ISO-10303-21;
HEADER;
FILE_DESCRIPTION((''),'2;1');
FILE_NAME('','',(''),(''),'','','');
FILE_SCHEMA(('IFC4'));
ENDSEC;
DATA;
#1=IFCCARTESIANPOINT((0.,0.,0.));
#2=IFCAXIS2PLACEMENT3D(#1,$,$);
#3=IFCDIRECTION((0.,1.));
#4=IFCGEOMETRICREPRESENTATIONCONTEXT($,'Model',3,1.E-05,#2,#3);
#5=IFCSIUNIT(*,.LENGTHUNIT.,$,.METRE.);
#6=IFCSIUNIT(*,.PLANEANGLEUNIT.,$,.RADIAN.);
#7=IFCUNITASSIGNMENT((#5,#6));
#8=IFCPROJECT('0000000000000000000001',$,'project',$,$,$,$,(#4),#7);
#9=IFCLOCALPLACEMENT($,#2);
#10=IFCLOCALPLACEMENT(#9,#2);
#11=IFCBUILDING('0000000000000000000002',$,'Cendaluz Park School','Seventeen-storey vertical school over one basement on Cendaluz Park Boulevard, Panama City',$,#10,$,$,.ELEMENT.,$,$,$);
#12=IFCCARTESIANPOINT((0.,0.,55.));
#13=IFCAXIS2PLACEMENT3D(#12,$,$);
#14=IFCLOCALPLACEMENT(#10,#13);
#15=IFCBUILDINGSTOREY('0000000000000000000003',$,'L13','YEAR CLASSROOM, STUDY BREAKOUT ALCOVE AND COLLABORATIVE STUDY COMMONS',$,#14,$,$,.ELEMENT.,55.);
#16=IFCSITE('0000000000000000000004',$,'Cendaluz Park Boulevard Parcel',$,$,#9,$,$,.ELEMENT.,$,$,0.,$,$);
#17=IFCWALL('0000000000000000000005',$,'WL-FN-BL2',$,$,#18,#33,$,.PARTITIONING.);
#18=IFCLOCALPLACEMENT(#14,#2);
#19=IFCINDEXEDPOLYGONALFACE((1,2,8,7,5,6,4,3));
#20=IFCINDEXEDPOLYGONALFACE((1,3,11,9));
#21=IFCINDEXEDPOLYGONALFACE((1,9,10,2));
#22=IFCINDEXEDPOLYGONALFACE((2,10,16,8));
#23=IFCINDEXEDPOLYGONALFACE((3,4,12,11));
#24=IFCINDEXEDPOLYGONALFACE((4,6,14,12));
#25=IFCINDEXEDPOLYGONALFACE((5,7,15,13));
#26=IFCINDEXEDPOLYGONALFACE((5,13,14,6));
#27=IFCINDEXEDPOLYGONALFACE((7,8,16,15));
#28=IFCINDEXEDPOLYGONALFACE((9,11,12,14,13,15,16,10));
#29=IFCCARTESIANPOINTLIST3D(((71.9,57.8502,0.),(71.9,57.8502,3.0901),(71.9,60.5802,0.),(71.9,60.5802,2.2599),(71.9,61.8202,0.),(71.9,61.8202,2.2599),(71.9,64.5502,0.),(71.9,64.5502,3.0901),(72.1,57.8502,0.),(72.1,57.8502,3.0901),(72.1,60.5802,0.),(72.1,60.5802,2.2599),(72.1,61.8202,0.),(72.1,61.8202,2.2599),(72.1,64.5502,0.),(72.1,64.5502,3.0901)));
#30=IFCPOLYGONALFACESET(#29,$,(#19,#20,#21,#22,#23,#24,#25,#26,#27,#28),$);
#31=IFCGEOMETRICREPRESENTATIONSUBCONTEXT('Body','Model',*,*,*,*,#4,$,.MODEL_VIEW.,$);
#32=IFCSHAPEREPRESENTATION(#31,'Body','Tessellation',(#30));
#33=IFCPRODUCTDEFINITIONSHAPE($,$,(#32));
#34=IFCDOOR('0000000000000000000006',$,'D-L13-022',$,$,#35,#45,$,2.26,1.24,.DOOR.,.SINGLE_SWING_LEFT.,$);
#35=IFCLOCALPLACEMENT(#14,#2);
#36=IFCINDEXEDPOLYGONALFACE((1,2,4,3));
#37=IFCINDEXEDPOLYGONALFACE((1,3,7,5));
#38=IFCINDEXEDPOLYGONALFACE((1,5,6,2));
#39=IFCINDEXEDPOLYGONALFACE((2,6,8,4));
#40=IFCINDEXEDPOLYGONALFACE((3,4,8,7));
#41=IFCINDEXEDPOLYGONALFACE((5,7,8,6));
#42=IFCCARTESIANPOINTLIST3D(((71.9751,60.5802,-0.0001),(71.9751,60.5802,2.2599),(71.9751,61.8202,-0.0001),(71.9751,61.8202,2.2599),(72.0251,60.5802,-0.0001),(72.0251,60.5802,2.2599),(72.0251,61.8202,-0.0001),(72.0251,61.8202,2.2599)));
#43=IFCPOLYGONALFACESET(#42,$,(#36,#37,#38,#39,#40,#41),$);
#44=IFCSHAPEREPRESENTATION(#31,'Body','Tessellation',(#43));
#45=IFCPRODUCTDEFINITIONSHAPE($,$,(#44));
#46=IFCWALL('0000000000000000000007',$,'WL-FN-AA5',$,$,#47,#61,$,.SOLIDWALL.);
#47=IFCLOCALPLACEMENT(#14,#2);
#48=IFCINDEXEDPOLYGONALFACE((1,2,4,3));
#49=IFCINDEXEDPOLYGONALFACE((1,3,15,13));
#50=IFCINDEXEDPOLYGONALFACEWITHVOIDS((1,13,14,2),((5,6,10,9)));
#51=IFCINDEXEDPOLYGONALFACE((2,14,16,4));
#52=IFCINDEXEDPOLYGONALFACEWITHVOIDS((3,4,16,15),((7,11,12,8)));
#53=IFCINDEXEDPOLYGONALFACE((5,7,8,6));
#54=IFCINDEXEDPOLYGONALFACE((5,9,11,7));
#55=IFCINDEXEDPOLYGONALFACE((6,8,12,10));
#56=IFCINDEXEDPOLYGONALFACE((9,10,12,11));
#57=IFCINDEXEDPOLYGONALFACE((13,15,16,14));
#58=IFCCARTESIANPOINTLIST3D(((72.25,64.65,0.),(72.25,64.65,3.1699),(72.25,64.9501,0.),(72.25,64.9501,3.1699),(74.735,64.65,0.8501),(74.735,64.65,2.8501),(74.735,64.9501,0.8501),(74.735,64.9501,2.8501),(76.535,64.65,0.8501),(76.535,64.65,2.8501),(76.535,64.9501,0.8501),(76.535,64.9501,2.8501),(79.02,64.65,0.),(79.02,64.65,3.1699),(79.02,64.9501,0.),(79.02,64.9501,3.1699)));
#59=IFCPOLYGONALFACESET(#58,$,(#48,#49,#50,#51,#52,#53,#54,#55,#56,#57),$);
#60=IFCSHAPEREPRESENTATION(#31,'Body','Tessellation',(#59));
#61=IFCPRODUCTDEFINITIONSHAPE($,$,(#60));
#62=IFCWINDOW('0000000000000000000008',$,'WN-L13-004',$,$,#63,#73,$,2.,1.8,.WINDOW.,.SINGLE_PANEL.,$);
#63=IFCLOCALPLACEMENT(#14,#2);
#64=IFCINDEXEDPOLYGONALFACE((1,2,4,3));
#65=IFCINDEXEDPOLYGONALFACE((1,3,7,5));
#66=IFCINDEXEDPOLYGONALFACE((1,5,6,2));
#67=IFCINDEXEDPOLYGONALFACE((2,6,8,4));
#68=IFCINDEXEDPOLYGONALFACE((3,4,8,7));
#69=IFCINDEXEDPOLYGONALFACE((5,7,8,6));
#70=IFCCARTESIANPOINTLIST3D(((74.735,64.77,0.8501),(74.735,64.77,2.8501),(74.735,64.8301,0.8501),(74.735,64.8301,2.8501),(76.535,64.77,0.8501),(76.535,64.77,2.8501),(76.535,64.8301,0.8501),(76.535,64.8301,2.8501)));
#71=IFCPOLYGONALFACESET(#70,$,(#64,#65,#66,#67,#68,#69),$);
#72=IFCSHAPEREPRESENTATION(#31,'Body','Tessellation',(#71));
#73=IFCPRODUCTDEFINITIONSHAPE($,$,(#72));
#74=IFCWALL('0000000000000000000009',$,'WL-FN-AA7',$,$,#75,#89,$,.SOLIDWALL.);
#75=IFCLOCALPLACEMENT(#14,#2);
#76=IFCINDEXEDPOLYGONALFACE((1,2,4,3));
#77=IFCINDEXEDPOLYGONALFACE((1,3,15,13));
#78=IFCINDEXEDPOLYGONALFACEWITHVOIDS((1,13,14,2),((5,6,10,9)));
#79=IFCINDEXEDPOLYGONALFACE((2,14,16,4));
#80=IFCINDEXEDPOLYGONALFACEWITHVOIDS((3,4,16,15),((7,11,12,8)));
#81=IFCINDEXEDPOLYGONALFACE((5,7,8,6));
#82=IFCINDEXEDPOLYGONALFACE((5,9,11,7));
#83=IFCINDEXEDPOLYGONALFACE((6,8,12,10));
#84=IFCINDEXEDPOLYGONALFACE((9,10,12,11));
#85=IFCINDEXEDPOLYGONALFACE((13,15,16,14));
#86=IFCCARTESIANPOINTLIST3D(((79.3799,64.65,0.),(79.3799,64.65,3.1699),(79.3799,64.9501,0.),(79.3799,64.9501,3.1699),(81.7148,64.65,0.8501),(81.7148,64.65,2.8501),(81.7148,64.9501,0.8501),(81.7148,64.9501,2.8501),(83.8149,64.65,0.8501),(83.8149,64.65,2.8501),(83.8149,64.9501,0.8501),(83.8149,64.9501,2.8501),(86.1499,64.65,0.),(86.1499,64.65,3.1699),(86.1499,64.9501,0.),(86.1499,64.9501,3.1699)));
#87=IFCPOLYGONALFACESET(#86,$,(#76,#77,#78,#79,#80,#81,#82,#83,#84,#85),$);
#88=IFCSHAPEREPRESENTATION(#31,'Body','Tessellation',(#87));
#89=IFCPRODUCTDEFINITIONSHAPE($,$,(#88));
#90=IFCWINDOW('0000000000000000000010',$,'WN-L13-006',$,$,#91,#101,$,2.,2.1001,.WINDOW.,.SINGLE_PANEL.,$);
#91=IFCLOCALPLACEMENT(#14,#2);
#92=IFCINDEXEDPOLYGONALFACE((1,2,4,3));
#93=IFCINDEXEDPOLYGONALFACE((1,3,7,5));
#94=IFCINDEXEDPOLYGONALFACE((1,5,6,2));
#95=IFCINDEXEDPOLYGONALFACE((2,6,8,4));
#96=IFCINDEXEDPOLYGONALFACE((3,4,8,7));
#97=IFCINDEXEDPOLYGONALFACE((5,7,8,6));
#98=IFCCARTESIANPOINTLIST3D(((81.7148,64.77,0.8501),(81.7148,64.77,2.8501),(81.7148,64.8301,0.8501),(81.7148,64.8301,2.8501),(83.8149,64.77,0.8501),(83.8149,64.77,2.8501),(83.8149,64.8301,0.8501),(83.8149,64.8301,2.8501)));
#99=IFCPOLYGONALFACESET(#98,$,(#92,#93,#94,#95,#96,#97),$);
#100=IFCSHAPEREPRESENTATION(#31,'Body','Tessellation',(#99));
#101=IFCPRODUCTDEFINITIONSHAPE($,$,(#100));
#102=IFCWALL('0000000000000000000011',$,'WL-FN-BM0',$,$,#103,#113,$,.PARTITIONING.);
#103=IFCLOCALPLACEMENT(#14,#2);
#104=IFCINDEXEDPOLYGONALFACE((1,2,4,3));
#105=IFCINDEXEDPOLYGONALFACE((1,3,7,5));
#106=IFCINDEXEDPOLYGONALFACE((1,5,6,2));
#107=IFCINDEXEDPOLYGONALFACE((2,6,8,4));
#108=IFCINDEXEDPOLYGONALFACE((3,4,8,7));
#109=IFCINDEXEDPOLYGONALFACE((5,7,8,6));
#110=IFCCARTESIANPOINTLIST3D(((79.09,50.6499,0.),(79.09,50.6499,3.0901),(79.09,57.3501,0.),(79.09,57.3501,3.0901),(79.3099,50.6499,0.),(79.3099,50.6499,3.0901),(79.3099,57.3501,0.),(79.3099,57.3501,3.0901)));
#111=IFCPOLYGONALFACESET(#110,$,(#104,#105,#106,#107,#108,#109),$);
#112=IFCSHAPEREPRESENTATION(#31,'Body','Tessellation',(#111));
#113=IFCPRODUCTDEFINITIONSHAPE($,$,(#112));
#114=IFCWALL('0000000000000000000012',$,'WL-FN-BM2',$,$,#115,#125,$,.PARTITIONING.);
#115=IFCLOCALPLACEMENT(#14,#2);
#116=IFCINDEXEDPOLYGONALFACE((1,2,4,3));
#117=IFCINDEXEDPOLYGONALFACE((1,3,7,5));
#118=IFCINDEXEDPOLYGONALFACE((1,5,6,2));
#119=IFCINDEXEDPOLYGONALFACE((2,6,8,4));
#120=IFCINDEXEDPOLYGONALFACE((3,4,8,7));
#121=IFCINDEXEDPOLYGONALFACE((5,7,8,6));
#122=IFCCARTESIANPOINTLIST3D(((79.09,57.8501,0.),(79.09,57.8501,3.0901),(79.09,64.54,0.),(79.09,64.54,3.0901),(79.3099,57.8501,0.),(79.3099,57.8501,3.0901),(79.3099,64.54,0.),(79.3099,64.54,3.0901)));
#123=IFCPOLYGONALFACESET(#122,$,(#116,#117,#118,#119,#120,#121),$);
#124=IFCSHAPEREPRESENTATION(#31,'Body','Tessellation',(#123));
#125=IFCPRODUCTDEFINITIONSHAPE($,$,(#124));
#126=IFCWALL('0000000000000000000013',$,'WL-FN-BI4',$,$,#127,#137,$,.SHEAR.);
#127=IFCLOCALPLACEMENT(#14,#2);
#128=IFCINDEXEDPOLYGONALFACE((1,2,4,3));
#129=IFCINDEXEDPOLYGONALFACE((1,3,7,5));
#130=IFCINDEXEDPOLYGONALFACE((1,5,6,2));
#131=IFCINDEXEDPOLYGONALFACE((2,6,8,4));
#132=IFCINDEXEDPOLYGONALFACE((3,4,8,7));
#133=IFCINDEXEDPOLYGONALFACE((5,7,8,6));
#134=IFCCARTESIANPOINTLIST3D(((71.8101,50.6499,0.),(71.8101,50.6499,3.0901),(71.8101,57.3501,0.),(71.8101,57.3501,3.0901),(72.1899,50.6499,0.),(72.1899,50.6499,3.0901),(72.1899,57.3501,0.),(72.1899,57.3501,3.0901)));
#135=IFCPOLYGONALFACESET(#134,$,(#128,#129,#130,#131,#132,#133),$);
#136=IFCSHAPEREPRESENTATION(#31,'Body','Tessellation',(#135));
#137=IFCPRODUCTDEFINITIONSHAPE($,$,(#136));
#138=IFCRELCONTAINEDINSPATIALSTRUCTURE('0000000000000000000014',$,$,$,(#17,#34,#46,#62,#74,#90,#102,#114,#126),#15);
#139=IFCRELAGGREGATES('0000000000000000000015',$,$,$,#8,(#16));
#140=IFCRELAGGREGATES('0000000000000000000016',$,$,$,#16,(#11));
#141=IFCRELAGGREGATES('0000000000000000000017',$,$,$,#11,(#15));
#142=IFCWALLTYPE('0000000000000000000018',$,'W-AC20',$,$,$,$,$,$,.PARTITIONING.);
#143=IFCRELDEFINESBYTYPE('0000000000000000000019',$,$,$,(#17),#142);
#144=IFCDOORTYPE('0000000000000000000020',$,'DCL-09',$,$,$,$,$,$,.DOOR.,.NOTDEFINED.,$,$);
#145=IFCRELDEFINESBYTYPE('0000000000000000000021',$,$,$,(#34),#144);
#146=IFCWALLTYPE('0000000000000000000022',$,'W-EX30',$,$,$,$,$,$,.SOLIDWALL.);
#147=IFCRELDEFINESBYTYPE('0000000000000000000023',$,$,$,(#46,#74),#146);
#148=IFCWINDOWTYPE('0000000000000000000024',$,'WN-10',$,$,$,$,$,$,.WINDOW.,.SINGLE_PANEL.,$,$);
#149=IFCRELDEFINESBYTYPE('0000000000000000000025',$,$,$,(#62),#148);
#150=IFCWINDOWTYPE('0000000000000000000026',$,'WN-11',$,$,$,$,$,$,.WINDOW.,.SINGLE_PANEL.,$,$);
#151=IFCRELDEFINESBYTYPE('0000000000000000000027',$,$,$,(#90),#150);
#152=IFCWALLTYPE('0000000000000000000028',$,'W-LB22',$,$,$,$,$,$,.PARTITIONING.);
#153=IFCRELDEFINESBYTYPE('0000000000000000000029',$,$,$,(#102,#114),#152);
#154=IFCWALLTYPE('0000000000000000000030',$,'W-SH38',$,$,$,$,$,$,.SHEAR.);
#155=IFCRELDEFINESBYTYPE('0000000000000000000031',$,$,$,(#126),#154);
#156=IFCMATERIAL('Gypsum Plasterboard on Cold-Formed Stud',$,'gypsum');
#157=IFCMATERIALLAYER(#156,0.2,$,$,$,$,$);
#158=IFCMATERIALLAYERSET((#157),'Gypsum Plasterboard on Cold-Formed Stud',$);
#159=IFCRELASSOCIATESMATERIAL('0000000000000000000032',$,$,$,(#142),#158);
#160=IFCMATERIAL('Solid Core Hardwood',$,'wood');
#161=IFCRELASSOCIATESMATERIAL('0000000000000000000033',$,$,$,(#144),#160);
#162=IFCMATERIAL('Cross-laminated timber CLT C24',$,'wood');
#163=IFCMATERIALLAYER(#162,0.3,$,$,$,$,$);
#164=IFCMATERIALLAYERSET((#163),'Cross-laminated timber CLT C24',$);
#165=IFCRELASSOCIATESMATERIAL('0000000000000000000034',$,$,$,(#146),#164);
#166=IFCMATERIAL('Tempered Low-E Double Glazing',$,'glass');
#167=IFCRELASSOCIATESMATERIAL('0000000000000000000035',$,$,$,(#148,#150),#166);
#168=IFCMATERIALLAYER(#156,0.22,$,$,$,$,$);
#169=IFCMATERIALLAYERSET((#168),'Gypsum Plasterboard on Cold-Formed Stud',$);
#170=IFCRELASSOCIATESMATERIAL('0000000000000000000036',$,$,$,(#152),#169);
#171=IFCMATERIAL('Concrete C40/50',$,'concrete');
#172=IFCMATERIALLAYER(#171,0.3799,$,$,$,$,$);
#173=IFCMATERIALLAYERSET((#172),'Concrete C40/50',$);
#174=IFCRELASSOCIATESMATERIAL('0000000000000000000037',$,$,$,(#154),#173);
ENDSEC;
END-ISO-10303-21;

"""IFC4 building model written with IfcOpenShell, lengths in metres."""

from ifc_helpers import new_model, si_unit, direction, frame, frame_2d, origin, place, context, subcontext, project, spatial, rectangle, extrude, material, layer, layer_set, type_object, element, fill, save


model = new_model("IFC4")

# Units and contexts
model_context = context("Model", 3, precision=1e-05, world=origin(), true_north=direction((0.0, 1.0)))
body_context = subcontext(model_context, "Body", "Model", "MODEL_VIEW")
ifc_project = project(units=[si_unit("LENGTHUNIT", "METRE"), si_unit("PLANEANGLEUNIT", "RADIAN")], contexts=[model_context])

# Site, building, storey
site_placement = place(None, origin())
site = spatial("IfcSite", under=ifc_project, at=site_placement, Name="Cendaluz Park Boulevard Parcel", CompositionType="ELEMENT", RefElevation=0.0)
building_placement = place(site_placement, origin())
building = spatial("IfcBuilding", under=site, at=building_placement, Name="Cendaluz Park School", Description="Seventeen-storey vertical school over one basement on Cendaluz Park Boulevard, Panama City", CompositionType="ELEMENT")
storey_placement = place(building_placement, frame((0.0, 0.0, 55.0)))
storey = spatial("IfcBuildingStorey", under=building, at=storey_placement, Name="L13", Description="YEAR CLASSROOM, STUDY BREAKOUT ALCOVE AND COLLABORATIVE STUDY COMMONS", CompositionType="ELEMENT", Elevation=55.0)

# Wall, opening, door
ifc_material_1 = material(Name="Gypsum Plasterboard on Cold-Formed Stud", Category="gypsum")
ifc_layer_1 = layer(ifc_material_1, 0.2)
ifc_layer_set_1 = layer_set([ifc_layer_1], Name="Gypsum Plasterboard on Cold-Formed Stud")
wall_type_1 = type_object("IfcWallType", Name="W-AC20", PredefinedType="PARTITIONING", material=ifc_layer_set_1)
wall_1_placement = place(storey_placement, frame((72.0, 57.8501, 0.0), z_axis=(0.0, 0.0, 1.0), x_axis=(0.0, 1.0, 0.0)))
wall_1 = element("IfcWall", 1, at=wall_1_placement, inside=storey, type_object=wall_type_1, Name="WL-FN-BL2", PredefinedType="PARTITIONING", context=body_context, shape_type="SweptSolid", body=[
    extrude(rectangle(XDim=6.7, YDim=0.2, at=frame_2d((3.3501, 0.0))), origin(), (0.0, 0.0, 1.0), 3.0901),
])
opening_1_placement = place(wall_1_placement, frame((2.73, 0.0, 0.0)))
opening_1 = element("IfcOpeningElement", 2, at=opening_1_placement, cuts=wall_1, PredefinedType="OPENING", context=body_context, shape_type="SweptSolid", body=[
    extrude(rectangle(XDim=1.24, YDim=2.26, at=frame_2d((0.6201, 1.1299))), frame((0.0, 0.1121, 0.0), z_axis=(0.0, -1.0, 0.0), x_axis=(1.0, 0.0, 0.0)), (0.0, 0.0, 1.0), 0.2239),
])
ifc_material_2 = material(Name="Solid Core Hardwood", Category="wood")
door_type = type_object("IfcDoorType", Name="DCL-09", OperationType="NOTDEFINED", PredefinedType="DOOR", material=ifc_material_2)
door_placement = place(opening_1_placement, origin())
door = element("IfcDoor", 3, at=door_placement, inside=storey, type_object=door_type, Name="D-L13-022", OperationType="SINGLE_SWING_LEFT", OverallHeight=2.26, OverallWidth=1.24, PredefinedType="DOOR", context=body_context, shape_type="SweptSolid", body=[
    extrude(rectangle(XDim=1.24, YDim=2.26, at=frame_2d((0.6201, 1.1299))), frame((0.0, 0.0249, 0.0), z_axis=(0.0, -1.0, 0.0), x_axis=(1.0, 0.0, 0.0)), (0.0, 0.0, 1.0), 0.05),
])
fill(opening_1, door)

# Walls, openings, windows
ifc_material_3 = material(Name="Cross-laminated timber CLT C24", Category="wood")
ifc_layer_2 = layer(ifc_material_3, 0.3)
ifc_layer_set_2 = layer_set([ifc_layer_2], Name="Cross-laminated timber CLT C24")
wall_type_2 = type_object("IfcWallType", Name="W-EX30", PredefinedType="SOLIDWALL", material=ifc_layer_set_2)
wall_2_placement = place(storey_placement, frame((72.25, 64.8, 0.0), z_axis=(0.0, 0.0, 1.0), x_axis=(1.0, 0.0, 0.0)))
wall_2 = element("IfcWall", 4, at=wall_2_placement, inside=storey, type_object=wall_type_2, Name="WL-FN-AA5", PredefinedType="SOLIDWALL", context=body_context, shape_type="SweptSolid", body=[
    extrude(rectangle(XDim=6.77, YDim=0.3, at=frame_2d((3.385, 0.0))), origin(), (0.0, 0.0, 1.0), 3.1699),
])
opening_2_placement = place(wall_2_placement, frame((2.4851, 0.0, 0.8501)))
opening_2 = element("IfcOpeningElement", 5, at=opening_2_placement, cuts=wall_2, PredefinedType="OPENING", context=body_context, shape_type="SweptSolid", body=[
    extrude(rectangle(XDim=1.8, YDim=2.0, at=frame_2d((0.8999, 1.0))), frame((0.0, 0.1621, 0.0), z_axis=(0.0, -1.0, 0.0), x_axis=(1.0, 0.0, 0.0)), (0.0, 0.0, 1.0), 0.324),
])
ifc_material_4 = material(Name="Tempered Low-E Double Glazing", Category="glass")
window_type_1 = type_object("IfcWindowType", Name="WN-10", PartitioningType="SINGLE_PANEL", PredefinedType="WINDOW", material=ifc_material_4)
window_1_placement = place(opening_2_placement, origin())
window_1 = element("IfcWindow", 6, at=window_1_placement, inside=storey, type_object=window_type_1, Name="WN-L13-004", OverallHeight=2.0, OverallWidth=1.8, PartitioningType="SINGLE_PANEL", PredefinedType="WINDOW", context=body_context, shape_type="SweptSolid", body=[
    extrude(rectangle(XDim=1.8, YDim=2.0, at=frame_2d((0.8999, 1.0))), frame((0.0, 0.03, 0.0), z_axis=(0.0, -1.0, 0.0), x_axis=(1.0, 0.0, 0.0)), (0.0, 0.0, 1.0), 0.0601),
])
fill(opening_2, window_1)
wall_3_placement = place(storey_placement, frame((79.3799, 64.8, 0.0), z_axis=(0.0, 0.0, 1.0), x_axis=(1.0, 0.0, 0.0)))
wall_3 = element("IfcWall", 7, at=wall_3_placement, inside=storey, type_object=wall_type_2, Name="WL-FN-AA7", PredefinedType="SOLIDWALL", context=body_context, shape_type="SweptSolid", body=[
    extrude(rectangle(XDim=6.77, YDim=0.3, at=frame_2d((3.385, 0.0))), origin(), (0.0, 0.0, 1.0), 3.1699),
])
opening_3_placement = place(wall_3_placement, frame((2.335, 0.0, 0.8501)))
opening_3 = element("IfcOpeningElement", 8, at=opening_3_placement, cuts=wall_3, PredefinedType="OPENING", context=body_context, shape_type="SweptSolid", body=[
    extrude(rectangle(XDim=2.1001, YDim=2.0, at=frame_2d((1.05, 1.0))), frame((0.0, 0.1621, 0.0), z_axis=(0.0, -1.0, 0.0), x_axis=(1.0, 0.0, 0.0)), (0.0, 0.0, 1.0), 0.324),
])
window_type_2 = type_object("IfcWindowType", Name="WN-11", PartitioningType="SINGLE_PANEL", PredefinedType="WINDOW", material=ifc_material_4)
window_2_placement = place(opening_3_placement, origin())
window_2 = element("IfcWindow", 9, at=window_2_placement, inside=storey, type_object=window_type_2, Name="WN-L13-006", OverallHeight=2.0, OverallWidth=2.1001, PartitioningType="SINGLE_PANEL", PredefinedType="WINDOW", context=body_context, shape_type="SweptSolid", body=[
    extrude(rectangle(XDim=2.1001, YDim=2.0, at=frame_2d((1.05, 1.0))), frame((0.0, 0.03, 0.0), z_axis=(0.0, -1.0, 0.0), x_axis=(1.0, 0.0, 0.0)), (0.0, 0.0, 1.0), 0.0601),
])
fill(opening_3, window_2)

# Walls
ifc_layer_3 = layer(ifc_material_1, 0.22)
ifc_layer_set_3 = layer_set([ifc_layer_3], Name="Gypsum Plasterboard on Cold-Formed Stud")
wall_type_3 = type_object("IfcWallType", Name="W-LB22", PredefinedType="PARTITIONING", material=ifc_layer_set_3)
wall_4_placement = place(storey_placement, frame((79.2, 50.6499, 0.0), z_axis=(0.0, 0.0, 1.0), x_axis=(0.0, 1.0, 0.0)))
element("IfcWall", 10, at=wall_4_placement, inside=storey, type_object=wall_type_3, Name="WL-FN-BM0", PredefinedType="PARTITIONING", context=body_context, shape_type="SweptSolid", body=[
    extrude(rectangle(XDim=6.7002, YDim=0.22, at=frame_2d((3.3501, 0.0))), origin(), (0.0, 0.0, 1.0), 3.0901),
])
wall_5_placement = place(storey_placement, frame((79.2, 57.8501, 0.0), z_axis=(0.0, 0.0, 1.0), x_axis=(0.0, 1.0, 0.0)))
element("IfcWall", 11, at=wall_5_placement, inside=storey, type_object=wall_type_3, Name="WL-FN-BM2", PredefinedType="PARTITIONING", context=body_context, shape_type="SweptSolid", body=[
    extrude(rectangle(XDim=6.6899, YDim=0.22, at=frame_2d((3.345, 0.0))), origin(), (0.0, 0.0, 1.0), 3.0901),
])
ifc_material_5 = material(Name="Concrete C40/50", Category="concrete")
ifc_layer_4 = layer(ifc_material_5, 0.3799)
ifc_layer_set_4 = layer_set([ifc_layer_4], Name="Concrete C40/50")
wall_type_4 = type_object("IfcWallType", Name="W-SH38", PredefinedType="SHEAR", material=ifc_layer_set_4)
wall_6_placement = place(storey_placement, frame((72.0, 50.6499, 0.0), z_axis=(0.0, 0.0, 1.0), x_axis=(0.0, 1.0, 0.0)))
element("IfcWall", 12, at=wall_6_placement, inside=storey, type_object=wall_type_4, Name="WL-FN-BI4", PredefinedType="SHEAR", context=body_context, shape_type="SweptSolid", body=[
    extrude(rectangle(XDim=6.7002, YDim=0.3799, at=frame_2d((3.3501, 0.0))), origin(), (0.0, 0.0, 1.0), 3.0901),
])

save(model, "model.ifc")
